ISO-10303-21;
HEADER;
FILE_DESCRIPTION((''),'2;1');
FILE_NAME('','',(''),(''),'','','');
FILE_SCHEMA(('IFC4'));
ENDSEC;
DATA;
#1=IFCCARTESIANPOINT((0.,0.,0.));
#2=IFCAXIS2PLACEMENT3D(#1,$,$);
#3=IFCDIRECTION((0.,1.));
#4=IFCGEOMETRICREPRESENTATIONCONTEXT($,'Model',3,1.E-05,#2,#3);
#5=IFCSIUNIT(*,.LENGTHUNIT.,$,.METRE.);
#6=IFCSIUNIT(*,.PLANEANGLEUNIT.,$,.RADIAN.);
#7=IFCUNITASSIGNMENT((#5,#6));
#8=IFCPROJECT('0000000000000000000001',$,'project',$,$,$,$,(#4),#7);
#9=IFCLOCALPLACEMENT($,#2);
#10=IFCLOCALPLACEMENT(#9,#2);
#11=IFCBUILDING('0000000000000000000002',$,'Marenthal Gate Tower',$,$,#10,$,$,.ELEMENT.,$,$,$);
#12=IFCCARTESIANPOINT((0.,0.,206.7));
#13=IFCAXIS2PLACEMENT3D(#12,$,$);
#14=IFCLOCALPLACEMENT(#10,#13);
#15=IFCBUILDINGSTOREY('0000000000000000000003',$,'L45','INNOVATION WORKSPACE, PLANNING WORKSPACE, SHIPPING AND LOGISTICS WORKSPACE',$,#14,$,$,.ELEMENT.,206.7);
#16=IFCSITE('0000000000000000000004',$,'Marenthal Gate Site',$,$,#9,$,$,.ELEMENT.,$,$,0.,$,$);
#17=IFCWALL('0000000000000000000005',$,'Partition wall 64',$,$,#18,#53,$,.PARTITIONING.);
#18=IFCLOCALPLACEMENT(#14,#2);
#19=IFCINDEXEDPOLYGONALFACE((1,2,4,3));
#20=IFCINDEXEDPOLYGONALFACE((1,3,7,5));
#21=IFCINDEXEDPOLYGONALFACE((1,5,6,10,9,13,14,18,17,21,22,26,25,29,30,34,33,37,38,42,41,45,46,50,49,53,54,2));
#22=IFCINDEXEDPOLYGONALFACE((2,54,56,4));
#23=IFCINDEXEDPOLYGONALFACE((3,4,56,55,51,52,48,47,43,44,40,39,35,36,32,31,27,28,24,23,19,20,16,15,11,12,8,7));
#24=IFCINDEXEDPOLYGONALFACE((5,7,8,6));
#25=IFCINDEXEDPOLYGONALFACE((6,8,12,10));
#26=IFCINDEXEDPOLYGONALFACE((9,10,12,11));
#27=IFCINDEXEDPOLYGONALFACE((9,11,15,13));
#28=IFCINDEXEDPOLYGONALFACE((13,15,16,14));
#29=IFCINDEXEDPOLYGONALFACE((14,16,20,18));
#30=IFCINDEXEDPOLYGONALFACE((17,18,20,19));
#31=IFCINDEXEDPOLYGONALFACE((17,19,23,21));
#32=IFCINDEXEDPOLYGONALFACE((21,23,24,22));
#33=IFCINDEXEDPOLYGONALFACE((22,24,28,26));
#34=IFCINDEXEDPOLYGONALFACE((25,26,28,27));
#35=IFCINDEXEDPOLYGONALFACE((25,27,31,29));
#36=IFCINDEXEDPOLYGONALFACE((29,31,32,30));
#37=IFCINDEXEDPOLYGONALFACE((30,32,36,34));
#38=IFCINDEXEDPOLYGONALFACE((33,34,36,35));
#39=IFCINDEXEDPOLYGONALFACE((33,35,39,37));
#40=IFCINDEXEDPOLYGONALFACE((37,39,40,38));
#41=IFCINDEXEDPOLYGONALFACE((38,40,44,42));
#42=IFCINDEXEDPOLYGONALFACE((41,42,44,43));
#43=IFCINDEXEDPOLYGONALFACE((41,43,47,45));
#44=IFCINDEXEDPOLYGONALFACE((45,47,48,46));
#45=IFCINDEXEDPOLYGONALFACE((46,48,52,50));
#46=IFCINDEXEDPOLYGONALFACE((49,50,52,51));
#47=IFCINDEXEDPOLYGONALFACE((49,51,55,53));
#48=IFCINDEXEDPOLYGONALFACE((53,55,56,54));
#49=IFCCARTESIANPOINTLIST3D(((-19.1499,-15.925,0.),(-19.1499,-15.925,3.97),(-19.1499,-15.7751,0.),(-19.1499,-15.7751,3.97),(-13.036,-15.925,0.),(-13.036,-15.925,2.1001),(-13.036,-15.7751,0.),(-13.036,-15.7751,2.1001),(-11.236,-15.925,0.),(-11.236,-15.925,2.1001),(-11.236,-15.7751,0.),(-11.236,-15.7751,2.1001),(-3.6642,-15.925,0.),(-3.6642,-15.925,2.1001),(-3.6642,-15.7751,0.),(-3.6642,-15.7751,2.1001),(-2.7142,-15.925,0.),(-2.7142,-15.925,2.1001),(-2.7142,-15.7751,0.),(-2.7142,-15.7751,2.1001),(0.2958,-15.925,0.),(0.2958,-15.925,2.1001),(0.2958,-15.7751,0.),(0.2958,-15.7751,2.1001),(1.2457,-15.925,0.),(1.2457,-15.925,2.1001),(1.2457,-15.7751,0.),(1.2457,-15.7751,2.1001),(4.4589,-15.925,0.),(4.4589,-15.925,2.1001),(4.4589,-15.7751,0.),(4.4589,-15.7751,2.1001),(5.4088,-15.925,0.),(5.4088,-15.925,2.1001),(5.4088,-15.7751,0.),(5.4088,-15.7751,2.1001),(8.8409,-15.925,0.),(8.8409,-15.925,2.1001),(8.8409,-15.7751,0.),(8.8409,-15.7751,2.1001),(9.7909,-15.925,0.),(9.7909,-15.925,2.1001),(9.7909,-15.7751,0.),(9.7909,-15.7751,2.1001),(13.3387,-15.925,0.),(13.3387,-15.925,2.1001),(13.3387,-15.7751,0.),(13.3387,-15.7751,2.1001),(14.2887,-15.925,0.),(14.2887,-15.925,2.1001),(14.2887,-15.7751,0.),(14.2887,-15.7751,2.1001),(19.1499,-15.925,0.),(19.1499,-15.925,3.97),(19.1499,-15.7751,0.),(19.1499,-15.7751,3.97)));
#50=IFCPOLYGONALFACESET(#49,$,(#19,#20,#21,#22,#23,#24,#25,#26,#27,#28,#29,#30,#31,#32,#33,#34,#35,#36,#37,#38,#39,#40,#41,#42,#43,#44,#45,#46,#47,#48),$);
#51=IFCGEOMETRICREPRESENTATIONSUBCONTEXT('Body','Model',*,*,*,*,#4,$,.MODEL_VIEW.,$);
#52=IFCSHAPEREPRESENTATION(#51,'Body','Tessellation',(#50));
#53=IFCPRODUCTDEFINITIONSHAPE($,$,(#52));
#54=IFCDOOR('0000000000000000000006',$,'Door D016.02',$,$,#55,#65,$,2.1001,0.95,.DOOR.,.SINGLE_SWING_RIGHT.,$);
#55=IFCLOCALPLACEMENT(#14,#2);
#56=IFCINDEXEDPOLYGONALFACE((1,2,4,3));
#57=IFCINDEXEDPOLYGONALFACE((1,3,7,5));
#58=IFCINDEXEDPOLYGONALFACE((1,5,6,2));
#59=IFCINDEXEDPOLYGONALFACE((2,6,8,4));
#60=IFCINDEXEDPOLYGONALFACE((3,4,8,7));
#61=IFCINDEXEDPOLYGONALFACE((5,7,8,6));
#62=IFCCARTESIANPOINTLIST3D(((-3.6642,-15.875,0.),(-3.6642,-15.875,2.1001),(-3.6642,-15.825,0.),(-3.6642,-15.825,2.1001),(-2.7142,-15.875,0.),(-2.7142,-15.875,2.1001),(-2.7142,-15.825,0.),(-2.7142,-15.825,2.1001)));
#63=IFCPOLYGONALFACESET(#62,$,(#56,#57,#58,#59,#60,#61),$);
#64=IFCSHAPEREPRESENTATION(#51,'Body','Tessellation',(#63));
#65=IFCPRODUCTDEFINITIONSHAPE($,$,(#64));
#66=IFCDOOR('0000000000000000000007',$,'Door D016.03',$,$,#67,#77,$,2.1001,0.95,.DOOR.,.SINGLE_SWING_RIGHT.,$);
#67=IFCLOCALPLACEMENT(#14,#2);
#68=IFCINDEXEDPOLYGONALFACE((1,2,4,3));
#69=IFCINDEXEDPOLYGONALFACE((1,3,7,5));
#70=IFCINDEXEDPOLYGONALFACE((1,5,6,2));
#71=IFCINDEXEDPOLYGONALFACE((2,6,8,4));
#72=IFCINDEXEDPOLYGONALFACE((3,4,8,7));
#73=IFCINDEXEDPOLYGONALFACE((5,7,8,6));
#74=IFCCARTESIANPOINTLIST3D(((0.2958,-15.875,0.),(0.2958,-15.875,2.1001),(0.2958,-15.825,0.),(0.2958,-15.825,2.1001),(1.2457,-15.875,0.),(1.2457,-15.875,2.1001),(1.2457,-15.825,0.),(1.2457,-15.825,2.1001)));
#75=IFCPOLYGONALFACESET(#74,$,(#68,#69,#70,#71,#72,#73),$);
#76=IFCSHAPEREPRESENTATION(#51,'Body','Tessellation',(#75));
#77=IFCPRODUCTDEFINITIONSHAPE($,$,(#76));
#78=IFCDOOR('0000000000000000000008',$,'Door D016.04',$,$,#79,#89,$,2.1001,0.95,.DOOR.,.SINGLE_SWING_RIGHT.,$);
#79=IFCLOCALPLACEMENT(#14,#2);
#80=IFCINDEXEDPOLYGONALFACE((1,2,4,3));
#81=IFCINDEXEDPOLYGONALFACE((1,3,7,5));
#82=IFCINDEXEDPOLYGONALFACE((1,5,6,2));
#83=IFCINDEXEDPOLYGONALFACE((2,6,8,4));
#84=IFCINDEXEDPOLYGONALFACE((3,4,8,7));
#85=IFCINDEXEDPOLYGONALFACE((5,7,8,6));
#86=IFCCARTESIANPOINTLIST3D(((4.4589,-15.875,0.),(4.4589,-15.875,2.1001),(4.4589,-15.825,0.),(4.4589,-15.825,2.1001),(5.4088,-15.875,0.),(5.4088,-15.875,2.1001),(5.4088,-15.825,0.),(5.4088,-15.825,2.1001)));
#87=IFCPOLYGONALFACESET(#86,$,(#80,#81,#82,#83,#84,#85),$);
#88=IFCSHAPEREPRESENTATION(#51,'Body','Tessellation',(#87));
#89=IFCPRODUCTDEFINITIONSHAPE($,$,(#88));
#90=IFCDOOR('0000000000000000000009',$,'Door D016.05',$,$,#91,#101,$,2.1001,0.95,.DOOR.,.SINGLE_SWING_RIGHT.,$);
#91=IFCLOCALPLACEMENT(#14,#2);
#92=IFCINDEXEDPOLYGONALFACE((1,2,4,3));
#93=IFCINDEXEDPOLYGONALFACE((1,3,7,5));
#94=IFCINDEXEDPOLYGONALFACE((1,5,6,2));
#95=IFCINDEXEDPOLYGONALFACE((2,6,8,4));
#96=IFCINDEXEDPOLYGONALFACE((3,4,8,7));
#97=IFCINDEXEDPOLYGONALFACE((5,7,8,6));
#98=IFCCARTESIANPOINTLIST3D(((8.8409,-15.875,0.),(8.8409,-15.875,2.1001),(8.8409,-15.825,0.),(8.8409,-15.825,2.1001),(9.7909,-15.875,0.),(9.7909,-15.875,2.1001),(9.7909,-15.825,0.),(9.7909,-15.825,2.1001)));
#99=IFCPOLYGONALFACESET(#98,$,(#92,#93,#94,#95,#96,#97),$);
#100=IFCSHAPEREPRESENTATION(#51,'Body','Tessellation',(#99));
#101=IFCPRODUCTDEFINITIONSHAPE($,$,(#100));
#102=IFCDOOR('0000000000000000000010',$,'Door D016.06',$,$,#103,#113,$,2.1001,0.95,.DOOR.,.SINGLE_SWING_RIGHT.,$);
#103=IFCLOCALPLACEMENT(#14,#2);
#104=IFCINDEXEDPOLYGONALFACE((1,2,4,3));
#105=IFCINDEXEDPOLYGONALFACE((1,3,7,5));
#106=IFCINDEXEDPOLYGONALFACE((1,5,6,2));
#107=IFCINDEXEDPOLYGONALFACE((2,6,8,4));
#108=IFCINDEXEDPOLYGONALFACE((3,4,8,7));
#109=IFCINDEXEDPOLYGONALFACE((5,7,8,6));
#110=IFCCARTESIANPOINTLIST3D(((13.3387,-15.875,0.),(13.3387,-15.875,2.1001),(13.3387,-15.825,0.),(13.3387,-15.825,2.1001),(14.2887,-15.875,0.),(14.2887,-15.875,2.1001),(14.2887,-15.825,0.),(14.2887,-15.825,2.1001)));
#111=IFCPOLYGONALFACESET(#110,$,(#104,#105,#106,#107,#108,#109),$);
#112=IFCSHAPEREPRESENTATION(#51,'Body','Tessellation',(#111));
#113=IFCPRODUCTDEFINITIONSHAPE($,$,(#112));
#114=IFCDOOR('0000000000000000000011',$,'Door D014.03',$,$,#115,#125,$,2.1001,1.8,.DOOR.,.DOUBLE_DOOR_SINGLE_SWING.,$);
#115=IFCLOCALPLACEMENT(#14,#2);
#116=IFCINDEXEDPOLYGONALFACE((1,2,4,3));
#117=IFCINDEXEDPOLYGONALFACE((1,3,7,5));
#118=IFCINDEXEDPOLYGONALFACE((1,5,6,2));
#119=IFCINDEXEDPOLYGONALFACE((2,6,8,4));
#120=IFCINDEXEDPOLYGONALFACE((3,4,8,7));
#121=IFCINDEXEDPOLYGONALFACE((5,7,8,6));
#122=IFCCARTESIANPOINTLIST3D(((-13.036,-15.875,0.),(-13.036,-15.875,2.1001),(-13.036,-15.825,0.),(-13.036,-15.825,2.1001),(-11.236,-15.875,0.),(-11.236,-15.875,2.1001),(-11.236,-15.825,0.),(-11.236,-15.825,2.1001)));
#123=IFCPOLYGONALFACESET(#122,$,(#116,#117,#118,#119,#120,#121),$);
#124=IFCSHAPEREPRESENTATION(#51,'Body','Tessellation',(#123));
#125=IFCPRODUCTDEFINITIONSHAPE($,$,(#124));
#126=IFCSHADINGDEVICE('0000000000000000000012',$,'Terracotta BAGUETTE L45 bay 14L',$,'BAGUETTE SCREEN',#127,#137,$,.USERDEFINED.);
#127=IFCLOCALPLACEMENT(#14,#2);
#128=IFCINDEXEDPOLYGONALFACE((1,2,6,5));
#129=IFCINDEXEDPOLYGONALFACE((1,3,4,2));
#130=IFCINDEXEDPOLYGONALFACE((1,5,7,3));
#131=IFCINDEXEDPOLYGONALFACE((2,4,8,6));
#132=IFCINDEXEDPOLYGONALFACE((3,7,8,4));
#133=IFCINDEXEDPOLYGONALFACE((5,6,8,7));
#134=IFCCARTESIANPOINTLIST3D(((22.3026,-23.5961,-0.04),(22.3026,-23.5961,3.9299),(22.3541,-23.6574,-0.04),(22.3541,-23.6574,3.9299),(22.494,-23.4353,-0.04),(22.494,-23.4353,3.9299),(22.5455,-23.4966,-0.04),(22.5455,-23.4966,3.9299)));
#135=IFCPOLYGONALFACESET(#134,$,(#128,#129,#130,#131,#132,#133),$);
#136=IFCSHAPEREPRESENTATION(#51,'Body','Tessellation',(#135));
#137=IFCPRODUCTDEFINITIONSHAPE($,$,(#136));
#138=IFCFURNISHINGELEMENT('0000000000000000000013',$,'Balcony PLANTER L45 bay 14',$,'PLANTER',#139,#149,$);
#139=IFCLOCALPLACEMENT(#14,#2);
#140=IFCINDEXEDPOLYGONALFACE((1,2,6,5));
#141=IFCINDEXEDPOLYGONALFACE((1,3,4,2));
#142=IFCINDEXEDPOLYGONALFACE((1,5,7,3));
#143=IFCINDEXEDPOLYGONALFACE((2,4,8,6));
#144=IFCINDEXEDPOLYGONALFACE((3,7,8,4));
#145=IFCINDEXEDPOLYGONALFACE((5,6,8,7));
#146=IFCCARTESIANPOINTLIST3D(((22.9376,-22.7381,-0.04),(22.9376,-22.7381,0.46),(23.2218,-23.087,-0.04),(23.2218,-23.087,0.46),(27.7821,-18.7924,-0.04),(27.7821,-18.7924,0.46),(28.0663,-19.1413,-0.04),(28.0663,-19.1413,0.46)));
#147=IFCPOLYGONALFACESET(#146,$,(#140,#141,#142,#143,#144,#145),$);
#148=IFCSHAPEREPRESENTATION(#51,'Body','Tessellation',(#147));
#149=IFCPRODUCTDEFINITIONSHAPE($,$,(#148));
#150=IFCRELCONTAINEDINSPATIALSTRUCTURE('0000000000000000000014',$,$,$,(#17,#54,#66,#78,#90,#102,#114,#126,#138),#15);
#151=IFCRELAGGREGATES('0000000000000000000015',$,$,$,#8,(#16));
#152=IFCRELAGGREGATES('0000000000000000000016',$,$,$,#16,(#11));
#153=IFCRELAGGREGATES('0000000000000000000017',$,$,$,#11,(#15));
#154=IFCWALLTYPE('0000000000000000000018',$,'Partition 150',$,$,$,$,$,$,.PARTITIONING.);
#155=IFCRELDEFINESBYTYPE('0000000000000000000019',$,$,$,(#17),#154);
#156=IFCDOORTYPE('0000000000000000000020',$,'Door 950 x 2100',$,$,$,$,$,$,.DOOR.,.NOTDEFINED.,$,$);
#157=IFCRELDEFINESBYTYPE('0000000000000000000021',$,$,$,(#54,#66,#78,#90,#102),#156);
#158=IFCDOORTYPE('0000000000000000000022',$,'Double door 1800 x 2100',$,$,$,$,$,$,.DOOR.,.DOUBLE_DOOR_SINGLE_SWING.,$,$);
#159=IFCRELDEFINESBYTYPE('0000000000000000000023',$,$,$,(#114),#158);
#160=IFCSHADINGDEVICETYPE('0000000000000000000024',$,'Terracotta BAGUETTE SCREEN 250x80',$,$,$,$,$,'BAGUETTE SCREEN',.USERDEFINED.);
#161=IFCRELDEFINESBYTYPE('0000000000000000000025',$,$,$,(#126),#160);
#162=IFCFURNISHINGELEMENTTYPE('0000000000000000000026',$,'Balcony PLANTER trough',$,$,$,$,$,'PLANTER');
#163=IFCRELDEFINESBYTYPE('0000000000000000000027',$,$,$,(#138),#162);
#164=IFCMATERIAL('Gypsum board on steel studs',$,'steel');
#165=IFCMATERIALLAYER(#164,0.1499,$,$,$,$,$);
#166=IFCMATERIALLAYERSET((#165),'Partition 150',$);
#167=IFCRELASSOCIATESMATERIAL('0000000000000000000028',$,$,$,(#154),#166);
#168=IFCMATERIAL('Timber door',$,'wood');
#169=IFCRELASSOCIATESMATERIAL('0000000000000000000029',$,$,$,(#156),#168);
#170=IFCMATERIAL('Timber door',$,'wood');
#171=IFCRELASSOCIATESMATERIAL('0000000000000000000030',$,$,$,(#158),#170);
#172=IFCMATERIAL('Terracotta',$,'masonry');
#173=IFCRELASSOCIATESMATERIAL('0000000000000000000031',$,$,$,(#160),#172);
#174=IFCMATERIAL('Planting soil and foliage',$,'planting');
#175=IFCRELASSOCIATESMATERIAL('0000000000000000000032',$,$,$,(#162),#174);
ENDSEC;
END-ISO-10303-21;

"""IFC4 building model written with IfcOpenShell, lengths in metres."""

from ifc_helpers import new_model, si_unit, direction, frame, frame_2d, origin, origin_2d, place, context, subcontext, project, spatial, rectangle, extrude, material, layer, layer_set, material_profile, profile_set, type_object, element, fill, save


model = new_model("IFC4")

# Units and contexts
model_context = context("Model", 3, precision=1e-05, world=origin(), true_north=direction((0.0, 1.0)))
body_context = subcontext(model_context, "Body", "Model", "MODEL_VIEW")
ifc_project = project(units=[si_unit("LENGTHUNIT", "METRE"), si_unit("PLANEANGLEUNIT", "RADIAN")], contexts=[model_context])

# Site, building, storey
site_placement = place(None, origin())
site = spatial("IfcSite", under=ifc_project, at=site_placement, Name="Marenthal Gate Site", CompositionType="ELEMENT", RefElevation=0.0)
building_placement = place(site_placement, origin())
building = spatial("IfcBuilding", under=site, at=building_placement, Name="Marenthal Gate Tower", CompositionType="ELEMENT")
storey_placement = place(building_placement, frame((0.0, 0.0, 206.7)))
storey = spatial("IfcBuildingStorey", under=building, at=storey_placement, Name="L45", Description="INNOVATION WORKSPACE, PLANNING WORKSPACE, SHIPPING AND LOGISTICS WORKSPACE", CompositionType="ELEMENT", Elevation=206.7)

# Wall, openings, doors
ifc_material_1 = material(Name="Gypsum board on steel studs", Category="steel")
ifc_layer_1 = layer(ifc_material_1, 0.1499)
ifc_layer_set_1 = layer_set([ifc_layer_1], Name="Partition 150")
wall_type_1 = type_object("IfcWallType", Name="Partition 150", PredefinedType="PARTITIONING", material=ifc_layer_set_1)
wall_1_placement = place(storey_placement, frame((19.1499, -15.8501, 0.0), z_axis=(0.0, 0.0, 1.0), x_axis=(-1.0, 0.0, 0.0)))
wall_1 = element("IfcWall", 1, at=wall_1_placement, inside=storey, type_object=wall_type_1, Name="Partition wall 64", PredefinedType="PARTITIONING", context=body_context, shape_type="SweptSolid", body=[
    extrude(rectangle(XDim=38.2998, YDim=0.1499, at=frame_2d((19.1499, 0.0))), origin(), (0.0, 0.0, 1.0), 3.97),
])
opening_1_placement = place(wall_1_placement, frame((30.386, 0.0, 0.0)))
opening_1 = element("IfcOpeningElement", 2, at=opening_1_placement, cuts=wall_1, PredefinedType="OPENING", context=body_context, shape_type="SweptSolid", body=[
    extrude(rectangle(XDim=1.8, YDim=2.1001, at=frame_2d((0.8999, 1.05))), frame((0.0, 0.085, 0.0), z_axis=(0.0, -1.0, 0.0), x_axis=(1.0, 0.0, 0.0)), (0.0, 0.0, 1.0), 0.1699),
])
opening_2_placement = place(wall_1_placement, frame((21.864, 0.0, 0.0)))
opening_2 = element("IfcOpeningElement", 3, at=opening_2_placement, cuts=wall_1, PredefinedType="OPENING", context=body_context, shape_type="SweptSolid", body=[
    extrude(rectangle(XDim=0.95, YDim=2.1001, at=frame_2d((0.4751, 1.05))), frame((0.0, 0.085, 0.0), z_axis=(0.0, -1.0, 0.0), x_axis=(1.0, 0.0, 0.0)), (0.0, 0.0, 1.0), 0.1699),
])
opening_3_placement = place(wall_1_placement, frame((17.9041, 0.0, 0.0)))
opening_3 = element("IfcOpeningElement", 4, at=opening_3_placement, cuts=wall_1, PredefinedType="OPENING", context=body_context, shape_type="SweptSolid", body=[
    extrude(rectangle(XDim=0.95, YDim=2.1001, at=frame_2d((0.4751, 1.05))), frame((0.0, 0.085, 0.0), z_axis=(0.0, -1.0, 0.0), x_axis=(1.0, 0.0, 0.0)), (0.0, 0.0, 1.0), 0.1699),
])
opening_4_placement = place(wall_1_placement, frame((13.741, 0.0, 0.0)))
opening_4 = element("IfcOpeningElement", 5, at=opening_4_placement, cuts=wall_1, PredefinedType="OPENING", context=body_context, shape_type="SweptSolid", body=[
    extrude(rectangle(XDim=0.95, YDim=2.1001, at=frame_2d((0.4751, 1.05))), frame((0.0, 0.085, 0.0), z_axis=(0.0, -1.0, 0.0), x_axis=(1.0, 0.0, 0.0)), (0.0, 0.0, 1.0), 0.1699),
])
opening_5_placement = place(wall_1_placement, frame((9.3589, 0.0, 0.0)))
opening_5 = element("IfcOpeningElement", 6, at=opening_5_placement, cuts=wall_1, PredefinedType="OPENING", context=body_context, shape_type="SweptSolid", body=[
    extrude(rectangle(XDim=0.95, YDim=2.1001, at=frame_2d((0.4751, 1.05))), frame((0.0, 0.085, 0.0), z_axis=(0.0, -1.0, 0.0), x_axis=(1.0, 0.0, 0.0)), (0.0, 0.0, 1.0), 0.1699),
])
opening_6_placement = place(wall_1_placement, frame((4.8611, 0.0, 0.0)))
opening_6 = element("IfcOpeningElement", 7, at=opening_6_placement, cuts=wall_1, PredefinedType="OPENING", context=body_context, shape_type="SweptSolid", body=[
    extrude(rectangle(XDim=0.95, YDim=2.1001, at=frame_2d((0.4751, 1.05))), frame((0.0, 0.085, 0.0), z_axis=(0.0, -1.0, 0.0), x_axis=(1.0, 0.0, 0.0)), (0.0, 0.0, 1.0), 0.1699),
])
ifc_material_2 = material(Name="Timber door", Category="wood")
door_type_1 = type_object("IfcDoorType", Name="Door 950 x 2100", OperationType="NOTDEFINED", PredefinedType="DOOR", material=ifc_material_2)
door_1_placement = place(opening_2_placement, origin())
door_1 = element("IfcDoor", 8, at=door_1_placement, inside=storey, type_object=door_type_1, Name="Door D016.02", OperationType="SINGLE_SWING_RIGHT", OverallHeight=2.1001, OverallWidth=0.95, PredefinedType="DOOR", context=body_context, shape_type="SweptSolid", body=[
    extrude(rectangle(XDim=0.95, YDim=2.1001, at=frame_2d((0.4751, 1.05))), frame((0.0, 0.0249, 0.0), z_axis=(0.0, -1.0, 0.0), x_axis=(1.0, 0.0, 0.0)), (0.0, 0.0, 1.0), 0.05),
])
fill(opening_2, door_1)
door_2_placement = place(opening_3_placement, origin())
door_2 = element("IfcDoor", 9, at=door_2_placement, inside=storey, type_object=door_type_1, Name="Door D016.03", OperationType="SINGLE_SWING_RIGHT", OverallHeight=2.1001, OverallWidth=0.95, PredefinedType="DOOR", context=body_context, shape_type="SweptSolid", body=[
    extrude(rectangle(XDim=0.95, YDim=2.1001, at=frame_2d((0.4751, 1.05))), frame((0.0, 0.0249, 0.0), z_axis=(0.0, -1.0, 0.0), x_axis=(1.0, 0.0, 0.0)), (0.0, 0.0, 1.0), 0.05),
])
fill(opening_3, door_2)
door_3_placement = place(opening_4_placement, origin())
door_3 = element("IfcDoor", 10, at=door_3_placement, inside=storey, type_object=door_type_1, Name="Door D016.04", OperationType="SINGLE_SWING_RIGHT", OverallHeight=2.1001, OverallWidth=0.95, PredefinedType="DOOR", context=body_context, shape_type="SweptSolid", body=[
    extrude(rectangle(XDim=0.95, YDim=2.1001, at=frame_2d((0.4751, 1.05))), frame((0.0, 0.0249, 0.0), z_axis=(0.0, -1.0, 0.0), x_axis=(1.0, 0.0, 0.0)), (0.0, 0.0, 1.0), 0.05),
])
fill(opening_4, door_3)
door_4_placement = place(opening_5_placement, origin())
door_4 = element("IfcDoor", 11, at=door_4_placement, inside=storey, type_object=door_type_1, Name="Door D016.05", OperationType="SINGLE_SWING_RIGHT", OverallHeight=2.1001, OverallWidth=0.95, PredefinedType="DOOR", context=body_context, shape_type="SweptSolid", body=[
    extrude(rectangle(XDim=0.95, YDim=2.1001, at=frame_2d((0.4751, 1.05))), frame((0.0, 0.0249, 0.0), z_axis=(0.0, -1.0, 0.0), x_axis=(1.0, 0.0, 0.0)), (0.0, 0.0, 1.0), 0.05),
])
fill(opening_5, door_4)
door_5_placement = place(opening_6_placement, origin())
door_5 = element("IfcDoor", 12, at=door_5_placement, inside=storey, type_object=door_type_1, Name="Door D016.06", OperationType="SINGLE_SWING_RIGHT", OverallHeight=2.1001, OverallWidth=0.95, PredefinedType="DOOR", context=body_context, shape_type="SweptSolid", body=[
    extrude(rectangle(XDim=0.95, YDim=2.1001, at=frame_2d((0.4751, 1.05))), frame((0.0, 0.0249, 0.0), z_axis=(0.0, -1.0, 0.0), x_axis=(1.0, 0.0, 0.0)), (0.0, 0.0, 1.0), 0.05),
])
fill(opening_6, door_5)
ifc_material_3 = material(Name="Timber door", Category="wood")
door_type_2 = type_object("IfcDoorType", Name="Double door 1800 x 2100", OperationType="DOUBLE_DOOR_SINGLE_SWING", PredefinedType="DOOR", material=ifc_material_3)
door_6_placement = place(opening_1_placement, origin())
door_6 = element("IfcDoor", 13, at=door_6_placement, inside=storey, type_object=door_type_2, Name="Door D014.03", OperationType="DOUBLE_DOOR_SINGLE_SWING", OverallHeight=2.1001, OverallWidth=1.8, PredefinedType="DOOR", context=body_context, shape_type="SweptSolid", body=[
    extrude(rectangle(XDim=1.8, YDim=2.1001, at=frame_2d((0.8999, 1.05))), frame((0.0, 0.0249, 0.0), z_axis=(0.0, -1.0, 0.0), x_axis=(1.0, 0.0, 0.0)), (0.0, 0.0, 1.0), 0.05),
])
fill(opening_1, door_6)

# Shading device
ifc_material_4 = material(Name="Terracotta", Category="masonry")
ifc_material_profile_1 = material_profile(ifc_material_4, rectangle(XDim=0.25, YDim=0.0801, at=origin_2d()), Name="Terracotta baguette 250x80")
ifc_profile_set_1 = profile_set([ifc_material_profile_1], Name="Terracotta")
shading_device_type = type_object("IfcShadingDeviceType", Name="Terracotta BAGUETTE SCREEN 250x80", ElementType="BAGUETTE SCREEN", PredefinedType="USERDEFINED", material=ifc_profile_set_1)
shading_device_placement = place(storey_placement, frame((22.4241, -23.5464, -0.04), z_axis=(0.0, 0.0, 1.0), x_axis=(0.765705, 0.643192, 0.0)))
element("IfcShadingDevice", 14, at=shading_device_placement, inside=storey, type_object=shading_device_type, Name="Terracotta BAGUETTE L45 bay 14L", ObjectType="BAGUETTE SCREEN", PredefinedType="USERDEFINED", context=body_context, shape_type="SweptSolid", body=[
    extrude(rectangle(XDim=0.25, YDim=0.0801, at=origin_2d()), origin(), (0.0, 0.0, 1.0), 3.97),
])

# Furnishing element
ifc_material_5 = material(Name="Planting soil and foliage", Category="planting")
furnishing_element_type = type_object("IfcFurnishingElementType", Name="Balcony PLANTER trough", ElementType="PLANTER", material=ifc_material_5)
furnishing_placement = place(storey_placement, frame((25.502, -20.9397, -0.04), z_axis=(0.0, 0.0, 1.0), x_axis=(0.77536, 0.63152, 0.0)))
element("IfcFurnishingElement", 15, at=furnishing_placement, inside=storey, type_object=furnishing_element_type, Name="Balcony PLANTER L45 bay 14", ObjectType="PLANTER", context=body_context, shape_type="SweptSolid", body=[
    extrude(rectangle(XDim=6.248, YDim=0.45, at=origin_2d()), origin(), (0.0, 0.0, 1.0), 0.5),
])

save(model, "model.ifc")
